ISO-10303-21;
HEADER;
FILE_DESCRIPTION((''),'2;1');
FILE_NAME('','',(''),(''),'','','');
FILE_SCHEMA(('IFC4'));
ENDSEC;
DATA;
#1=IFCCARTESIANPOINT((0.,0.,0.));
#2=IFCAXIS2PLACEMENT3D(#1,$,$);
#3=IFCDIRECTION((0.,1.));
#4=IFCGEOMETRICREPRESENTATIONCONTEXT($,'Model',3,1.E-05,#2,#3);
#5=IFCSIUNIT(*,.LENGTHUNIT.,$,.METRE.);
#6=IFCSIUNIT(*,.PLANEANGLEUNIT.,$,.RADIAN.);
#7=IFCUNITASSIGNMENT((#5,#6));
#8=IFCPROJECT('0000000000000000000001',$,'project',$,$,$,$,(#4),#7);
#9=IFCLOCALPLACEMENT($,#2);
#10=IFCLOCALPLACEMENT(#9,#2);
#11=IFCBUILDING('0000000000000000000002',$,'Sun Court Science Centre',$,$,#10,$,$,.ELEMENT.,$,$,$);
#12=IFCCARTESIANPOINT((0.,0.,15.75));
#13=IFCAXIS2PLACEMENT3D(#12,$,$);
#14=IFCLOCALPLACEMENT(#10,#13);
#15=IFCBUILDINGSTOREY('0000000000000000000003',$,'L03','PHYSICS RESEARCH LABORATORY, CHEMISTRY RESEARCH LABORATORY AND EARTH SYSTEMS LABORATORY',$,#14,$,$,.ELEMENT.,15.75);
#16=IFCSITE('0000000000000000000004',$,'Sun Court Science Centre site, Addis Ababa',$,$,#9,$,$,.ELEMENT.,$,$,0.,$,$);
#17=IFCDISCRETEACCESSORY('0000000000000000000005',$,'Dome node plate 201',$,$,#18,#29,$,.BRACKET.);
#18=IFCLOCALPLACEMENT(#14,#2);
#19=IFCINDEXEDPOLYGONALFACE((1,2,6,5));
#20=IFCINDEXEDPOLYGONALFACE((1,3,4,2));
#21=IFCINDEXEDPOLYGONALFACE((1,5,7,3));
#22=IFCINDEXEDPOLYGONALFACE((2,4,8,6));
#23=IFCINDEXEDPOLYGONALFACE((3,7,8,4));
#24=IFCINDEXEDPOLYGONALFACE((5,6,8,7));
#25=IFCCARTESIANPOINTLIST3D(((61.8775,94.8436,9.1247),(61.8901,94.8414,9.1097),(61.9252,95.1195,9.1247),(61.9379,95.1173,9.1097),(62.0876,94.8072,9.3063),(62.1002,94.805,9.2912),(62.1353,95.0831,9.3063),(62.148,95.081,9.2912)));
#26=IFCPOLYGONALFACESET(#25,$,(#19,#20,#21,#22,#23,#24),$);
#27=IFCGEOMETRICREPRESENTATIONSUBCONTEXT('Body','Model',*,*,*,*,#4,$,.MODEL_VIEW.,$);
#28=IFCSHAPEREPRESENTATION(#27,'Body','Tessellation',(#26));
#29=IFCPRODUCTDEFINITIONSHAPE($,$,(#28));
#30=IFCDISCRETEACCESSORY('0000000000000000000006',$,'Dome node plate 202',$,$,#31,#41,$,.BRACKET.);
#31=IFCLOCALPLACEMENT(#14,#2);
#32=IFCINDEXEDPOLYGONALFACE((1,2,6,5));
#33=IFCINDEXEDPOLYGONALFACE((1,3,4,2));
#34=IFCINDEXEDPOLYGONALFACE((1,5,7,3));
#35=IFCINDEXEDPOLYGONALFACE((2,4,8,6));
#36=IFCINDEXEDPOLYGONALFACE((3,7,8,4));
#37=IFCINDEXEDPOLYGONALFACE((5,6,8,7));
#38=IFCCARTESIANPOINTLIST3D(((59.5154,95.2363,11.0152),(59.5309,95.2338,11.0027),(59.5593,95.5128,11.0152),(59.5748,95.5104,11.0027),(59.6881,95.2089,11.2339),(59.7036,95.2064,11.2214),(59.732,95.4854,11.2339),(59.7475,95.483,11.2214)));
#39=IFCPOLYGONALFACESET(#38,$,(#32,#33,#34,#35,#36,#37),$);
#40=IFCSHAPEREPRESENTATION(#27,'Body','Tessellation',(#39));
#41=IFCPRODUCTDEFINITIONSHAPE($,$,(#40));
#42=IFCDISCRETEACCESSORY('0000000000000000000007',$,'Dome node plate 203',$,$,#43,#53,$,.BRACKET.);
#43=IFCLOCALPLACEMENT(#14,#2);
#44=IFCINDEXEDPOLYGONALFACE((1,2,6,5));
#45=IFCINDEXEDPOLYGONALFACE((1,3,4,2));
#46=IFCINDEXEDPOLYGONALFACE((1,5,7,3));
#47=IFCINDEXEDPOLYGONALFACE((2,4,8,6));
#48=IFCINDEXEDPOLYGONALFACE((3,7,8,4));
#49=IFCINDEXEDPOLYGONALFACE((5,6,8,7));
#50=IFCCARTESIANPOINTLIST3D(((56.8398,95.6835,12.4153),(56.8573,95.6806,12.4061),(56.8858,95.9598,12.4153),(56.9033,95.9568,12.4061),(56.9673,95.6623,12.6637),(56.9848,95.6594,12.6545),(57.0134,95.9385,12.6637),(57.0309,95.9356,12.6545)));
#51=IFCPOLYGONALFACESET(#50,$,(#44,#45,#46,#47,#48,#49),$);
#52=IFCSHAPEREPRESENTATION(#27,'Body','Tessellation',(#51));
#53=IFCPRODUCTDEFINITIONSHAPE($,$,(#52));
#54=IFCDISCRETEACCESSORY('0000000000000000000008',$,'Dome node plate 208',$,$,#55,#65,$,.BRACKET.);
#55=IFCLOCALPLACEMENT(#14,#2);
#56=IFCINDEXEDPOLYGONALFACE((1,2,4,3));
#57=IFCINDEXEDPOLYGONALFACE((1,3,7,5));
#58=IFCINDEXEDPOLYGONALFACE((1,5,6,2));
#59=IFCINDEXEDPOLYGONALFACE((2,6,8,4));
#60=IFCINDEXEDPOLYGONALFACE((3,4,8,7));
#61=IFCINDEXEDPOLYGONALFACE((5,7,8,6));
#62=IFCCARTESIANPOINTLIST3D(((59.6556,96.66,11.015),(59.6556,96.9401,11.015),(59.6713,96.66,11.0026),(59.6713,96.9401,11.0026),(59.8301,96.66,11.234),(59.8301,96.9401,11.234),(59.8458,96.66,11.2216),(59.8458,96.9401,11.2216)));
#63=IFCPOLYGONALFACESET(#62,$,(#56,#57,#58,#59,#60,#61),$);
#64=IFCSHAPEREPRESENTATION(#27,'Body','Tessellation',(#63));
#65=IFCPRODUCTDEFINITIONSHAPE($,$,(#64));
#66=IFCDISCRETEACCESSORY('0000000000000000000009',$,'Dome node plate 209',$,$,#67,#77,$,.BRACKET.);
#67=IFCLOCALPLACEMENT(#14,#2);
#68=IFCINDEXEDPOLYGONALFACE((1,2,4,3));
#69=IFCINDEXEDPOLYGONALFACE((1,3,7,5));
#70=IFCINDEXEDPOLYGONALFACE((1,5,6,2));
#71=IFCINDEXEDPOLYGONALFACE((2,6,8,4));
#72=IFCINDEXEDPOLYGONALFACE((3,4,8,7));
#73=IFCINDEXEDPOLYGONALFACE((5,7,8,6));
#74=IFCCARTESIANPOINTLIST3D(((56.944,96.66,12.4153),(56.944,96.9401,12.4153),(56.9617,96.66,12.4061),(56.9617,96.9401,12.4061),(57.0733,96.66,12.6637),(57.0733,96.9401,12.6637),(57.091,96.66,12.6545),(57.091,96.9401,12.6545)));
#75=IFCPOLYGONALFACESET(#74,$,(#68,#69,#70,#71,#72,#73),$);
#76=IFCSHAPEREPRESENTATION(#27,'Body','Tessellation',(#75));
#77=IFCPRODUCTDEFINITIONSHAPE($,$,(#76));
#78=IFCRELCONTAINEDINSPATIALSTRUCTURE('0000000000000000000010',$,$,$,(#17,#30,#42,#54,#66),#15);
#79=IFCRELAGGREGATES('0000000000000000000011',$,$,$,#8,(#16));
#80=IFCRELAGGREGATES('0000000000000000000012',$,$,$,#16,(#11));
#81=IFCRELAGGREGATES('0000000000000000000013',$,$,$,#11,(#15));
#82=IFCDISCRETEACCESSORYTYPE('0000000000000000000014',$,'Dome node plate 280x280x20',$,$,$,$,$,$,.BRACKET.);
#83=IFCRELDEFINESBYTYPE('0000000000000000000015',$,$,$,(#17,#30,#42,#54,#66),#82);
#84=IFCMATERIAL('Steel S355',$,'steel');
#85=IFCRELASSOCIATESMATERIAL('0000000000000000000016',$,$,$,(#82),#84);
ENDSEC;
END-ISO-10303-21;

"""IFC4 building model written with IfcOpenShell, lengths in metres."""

from ifc_helpers import new_model, si_unit, direction, frame, origin, origin_2d, place, context, subcontext, project, spatial, rectangle, extrude, material, material_profile, profile_set, type_object, element, save


model = new_model("IFC4")

# Units and contexts
model_context = context("Model", 3, precision=1e-05, world=origin(), true_north=direction((0.0, 1.0)))
body_context = subcontext(model_context, "Body", "Model", "MODEL_VIEW")
ifc_project = project(units=[si_unit("LENGTHUNIT", "METRE"), si_unit("PLANEANGLEUNIT", "RADIAN")], contexts=[model_context])

# Site, building, storey
site_placement = place(None, origin())
site = spatial("IfcSite", under=ifc_project, at=site_placement, Name="Sun Court Science Centre site, Addis Ababa", CompositionType="ELEMENT", RefElevation=0.0)
building_placement = place(site_placement, origin())
building = spatial("IfcBuilding", under=site, at=building_placement, Name="Sun Court Science Centre", CompositionType="ELEMENT")
storey_placement = place(building_placement, frame((0.0, 0.0, 15.75)))
storey = spatial("IfcBuildingStorey", under=building, at=storey_placement, Name="L03", Description="PHYSICS RESEARCH LABORATORY, CHEMISTRY RESEARCH LABORATORY AND EARTH SYSTEMS LABORATORY", CompositionType="ELEMENT", Elevation=15.75)

# Discrete accessories
ifc_material_1 = material(Name="Steel S355", Category="steel")
ifc_material_profile_1 = material_profile(ifc_material_1, rectangle(XDim=0.28, YDim=0.28, at=origin_2d()), Name="PL 280x280")
ifc_profile_set_1 = profile_set([ifc_material_profile_1], Name="Steel S355")
discrete_accessory_type = type_object("IfcDiscreteAccessoryType", Name="Dome node plate 280x280x20", PredefinedType="BRACKET", material=ifc_profile_set_1)
for number, where, z_axis, x_axis, name in (
    (1, (62.019, 94.9612, 9.2004), (-0.638674, 0.11054, 0.761496), (-0.170541, -0.985351, 0.0), "Dome node plate 201"),
):
    element("IfcDiscreteAccessory", number, at=place(storey_placement, frame(where, z_axis=z_axis, x_axis=x_axis)), inside=storey, type_object=discrete_accessory_type, Name=name, PredefinedType="BRACKET", context=body_context, shape_type="SweptSolid", body=[
        extrude(rectangle(XDim=0.28, YDim=0.28, at=origin_2d()), origin(), (0.0, 0.0, 1.0), 0.0198),
    ])
for number, where, z_axis, x_axis, name in (
    (2, (59.6392, 95.3584, 11.1121), (-0.771396, 0.122444, 0.624464), (-0.156768, -0.987636, 0.0), "Dome node plate 202"),
    (3, (56.9441, 95.8081, 12.5303), (-0.874931, 0.145822, 0.461769), (-0.164399, -0.986394, 0.0), "Dome node plate 203"),
    (4, (59.7585, 96.8, 11.1121), (-0.78206, 0.0, 0.623204), (0.0, -1.0, 0.0), "Dome node plate 208"),
    (5, (57.0264, 96.8, 12.5303), (-0.887018, 0.0, 0.461735), (0.0, -1.0, 0.0), "Dome node plate 209"),
):
    element("IfcDiscreteAccessory", number, at=place(storey_placement, frame(where, z_axis=z_axis, x_axis=x_axis)), inside=storey, type_object=discrete_accessory_type, Name=name, PredefinedType="BRACKET", context=body_context, shape_type="SweptSolid", body=[
        extrude(rectangle(XDim=0.28, YDim=0.28, at=origin_2d()), origin(), (0.0, 0.0, 1.0), 0.02),
    ])

save(model, "model.ifc")
